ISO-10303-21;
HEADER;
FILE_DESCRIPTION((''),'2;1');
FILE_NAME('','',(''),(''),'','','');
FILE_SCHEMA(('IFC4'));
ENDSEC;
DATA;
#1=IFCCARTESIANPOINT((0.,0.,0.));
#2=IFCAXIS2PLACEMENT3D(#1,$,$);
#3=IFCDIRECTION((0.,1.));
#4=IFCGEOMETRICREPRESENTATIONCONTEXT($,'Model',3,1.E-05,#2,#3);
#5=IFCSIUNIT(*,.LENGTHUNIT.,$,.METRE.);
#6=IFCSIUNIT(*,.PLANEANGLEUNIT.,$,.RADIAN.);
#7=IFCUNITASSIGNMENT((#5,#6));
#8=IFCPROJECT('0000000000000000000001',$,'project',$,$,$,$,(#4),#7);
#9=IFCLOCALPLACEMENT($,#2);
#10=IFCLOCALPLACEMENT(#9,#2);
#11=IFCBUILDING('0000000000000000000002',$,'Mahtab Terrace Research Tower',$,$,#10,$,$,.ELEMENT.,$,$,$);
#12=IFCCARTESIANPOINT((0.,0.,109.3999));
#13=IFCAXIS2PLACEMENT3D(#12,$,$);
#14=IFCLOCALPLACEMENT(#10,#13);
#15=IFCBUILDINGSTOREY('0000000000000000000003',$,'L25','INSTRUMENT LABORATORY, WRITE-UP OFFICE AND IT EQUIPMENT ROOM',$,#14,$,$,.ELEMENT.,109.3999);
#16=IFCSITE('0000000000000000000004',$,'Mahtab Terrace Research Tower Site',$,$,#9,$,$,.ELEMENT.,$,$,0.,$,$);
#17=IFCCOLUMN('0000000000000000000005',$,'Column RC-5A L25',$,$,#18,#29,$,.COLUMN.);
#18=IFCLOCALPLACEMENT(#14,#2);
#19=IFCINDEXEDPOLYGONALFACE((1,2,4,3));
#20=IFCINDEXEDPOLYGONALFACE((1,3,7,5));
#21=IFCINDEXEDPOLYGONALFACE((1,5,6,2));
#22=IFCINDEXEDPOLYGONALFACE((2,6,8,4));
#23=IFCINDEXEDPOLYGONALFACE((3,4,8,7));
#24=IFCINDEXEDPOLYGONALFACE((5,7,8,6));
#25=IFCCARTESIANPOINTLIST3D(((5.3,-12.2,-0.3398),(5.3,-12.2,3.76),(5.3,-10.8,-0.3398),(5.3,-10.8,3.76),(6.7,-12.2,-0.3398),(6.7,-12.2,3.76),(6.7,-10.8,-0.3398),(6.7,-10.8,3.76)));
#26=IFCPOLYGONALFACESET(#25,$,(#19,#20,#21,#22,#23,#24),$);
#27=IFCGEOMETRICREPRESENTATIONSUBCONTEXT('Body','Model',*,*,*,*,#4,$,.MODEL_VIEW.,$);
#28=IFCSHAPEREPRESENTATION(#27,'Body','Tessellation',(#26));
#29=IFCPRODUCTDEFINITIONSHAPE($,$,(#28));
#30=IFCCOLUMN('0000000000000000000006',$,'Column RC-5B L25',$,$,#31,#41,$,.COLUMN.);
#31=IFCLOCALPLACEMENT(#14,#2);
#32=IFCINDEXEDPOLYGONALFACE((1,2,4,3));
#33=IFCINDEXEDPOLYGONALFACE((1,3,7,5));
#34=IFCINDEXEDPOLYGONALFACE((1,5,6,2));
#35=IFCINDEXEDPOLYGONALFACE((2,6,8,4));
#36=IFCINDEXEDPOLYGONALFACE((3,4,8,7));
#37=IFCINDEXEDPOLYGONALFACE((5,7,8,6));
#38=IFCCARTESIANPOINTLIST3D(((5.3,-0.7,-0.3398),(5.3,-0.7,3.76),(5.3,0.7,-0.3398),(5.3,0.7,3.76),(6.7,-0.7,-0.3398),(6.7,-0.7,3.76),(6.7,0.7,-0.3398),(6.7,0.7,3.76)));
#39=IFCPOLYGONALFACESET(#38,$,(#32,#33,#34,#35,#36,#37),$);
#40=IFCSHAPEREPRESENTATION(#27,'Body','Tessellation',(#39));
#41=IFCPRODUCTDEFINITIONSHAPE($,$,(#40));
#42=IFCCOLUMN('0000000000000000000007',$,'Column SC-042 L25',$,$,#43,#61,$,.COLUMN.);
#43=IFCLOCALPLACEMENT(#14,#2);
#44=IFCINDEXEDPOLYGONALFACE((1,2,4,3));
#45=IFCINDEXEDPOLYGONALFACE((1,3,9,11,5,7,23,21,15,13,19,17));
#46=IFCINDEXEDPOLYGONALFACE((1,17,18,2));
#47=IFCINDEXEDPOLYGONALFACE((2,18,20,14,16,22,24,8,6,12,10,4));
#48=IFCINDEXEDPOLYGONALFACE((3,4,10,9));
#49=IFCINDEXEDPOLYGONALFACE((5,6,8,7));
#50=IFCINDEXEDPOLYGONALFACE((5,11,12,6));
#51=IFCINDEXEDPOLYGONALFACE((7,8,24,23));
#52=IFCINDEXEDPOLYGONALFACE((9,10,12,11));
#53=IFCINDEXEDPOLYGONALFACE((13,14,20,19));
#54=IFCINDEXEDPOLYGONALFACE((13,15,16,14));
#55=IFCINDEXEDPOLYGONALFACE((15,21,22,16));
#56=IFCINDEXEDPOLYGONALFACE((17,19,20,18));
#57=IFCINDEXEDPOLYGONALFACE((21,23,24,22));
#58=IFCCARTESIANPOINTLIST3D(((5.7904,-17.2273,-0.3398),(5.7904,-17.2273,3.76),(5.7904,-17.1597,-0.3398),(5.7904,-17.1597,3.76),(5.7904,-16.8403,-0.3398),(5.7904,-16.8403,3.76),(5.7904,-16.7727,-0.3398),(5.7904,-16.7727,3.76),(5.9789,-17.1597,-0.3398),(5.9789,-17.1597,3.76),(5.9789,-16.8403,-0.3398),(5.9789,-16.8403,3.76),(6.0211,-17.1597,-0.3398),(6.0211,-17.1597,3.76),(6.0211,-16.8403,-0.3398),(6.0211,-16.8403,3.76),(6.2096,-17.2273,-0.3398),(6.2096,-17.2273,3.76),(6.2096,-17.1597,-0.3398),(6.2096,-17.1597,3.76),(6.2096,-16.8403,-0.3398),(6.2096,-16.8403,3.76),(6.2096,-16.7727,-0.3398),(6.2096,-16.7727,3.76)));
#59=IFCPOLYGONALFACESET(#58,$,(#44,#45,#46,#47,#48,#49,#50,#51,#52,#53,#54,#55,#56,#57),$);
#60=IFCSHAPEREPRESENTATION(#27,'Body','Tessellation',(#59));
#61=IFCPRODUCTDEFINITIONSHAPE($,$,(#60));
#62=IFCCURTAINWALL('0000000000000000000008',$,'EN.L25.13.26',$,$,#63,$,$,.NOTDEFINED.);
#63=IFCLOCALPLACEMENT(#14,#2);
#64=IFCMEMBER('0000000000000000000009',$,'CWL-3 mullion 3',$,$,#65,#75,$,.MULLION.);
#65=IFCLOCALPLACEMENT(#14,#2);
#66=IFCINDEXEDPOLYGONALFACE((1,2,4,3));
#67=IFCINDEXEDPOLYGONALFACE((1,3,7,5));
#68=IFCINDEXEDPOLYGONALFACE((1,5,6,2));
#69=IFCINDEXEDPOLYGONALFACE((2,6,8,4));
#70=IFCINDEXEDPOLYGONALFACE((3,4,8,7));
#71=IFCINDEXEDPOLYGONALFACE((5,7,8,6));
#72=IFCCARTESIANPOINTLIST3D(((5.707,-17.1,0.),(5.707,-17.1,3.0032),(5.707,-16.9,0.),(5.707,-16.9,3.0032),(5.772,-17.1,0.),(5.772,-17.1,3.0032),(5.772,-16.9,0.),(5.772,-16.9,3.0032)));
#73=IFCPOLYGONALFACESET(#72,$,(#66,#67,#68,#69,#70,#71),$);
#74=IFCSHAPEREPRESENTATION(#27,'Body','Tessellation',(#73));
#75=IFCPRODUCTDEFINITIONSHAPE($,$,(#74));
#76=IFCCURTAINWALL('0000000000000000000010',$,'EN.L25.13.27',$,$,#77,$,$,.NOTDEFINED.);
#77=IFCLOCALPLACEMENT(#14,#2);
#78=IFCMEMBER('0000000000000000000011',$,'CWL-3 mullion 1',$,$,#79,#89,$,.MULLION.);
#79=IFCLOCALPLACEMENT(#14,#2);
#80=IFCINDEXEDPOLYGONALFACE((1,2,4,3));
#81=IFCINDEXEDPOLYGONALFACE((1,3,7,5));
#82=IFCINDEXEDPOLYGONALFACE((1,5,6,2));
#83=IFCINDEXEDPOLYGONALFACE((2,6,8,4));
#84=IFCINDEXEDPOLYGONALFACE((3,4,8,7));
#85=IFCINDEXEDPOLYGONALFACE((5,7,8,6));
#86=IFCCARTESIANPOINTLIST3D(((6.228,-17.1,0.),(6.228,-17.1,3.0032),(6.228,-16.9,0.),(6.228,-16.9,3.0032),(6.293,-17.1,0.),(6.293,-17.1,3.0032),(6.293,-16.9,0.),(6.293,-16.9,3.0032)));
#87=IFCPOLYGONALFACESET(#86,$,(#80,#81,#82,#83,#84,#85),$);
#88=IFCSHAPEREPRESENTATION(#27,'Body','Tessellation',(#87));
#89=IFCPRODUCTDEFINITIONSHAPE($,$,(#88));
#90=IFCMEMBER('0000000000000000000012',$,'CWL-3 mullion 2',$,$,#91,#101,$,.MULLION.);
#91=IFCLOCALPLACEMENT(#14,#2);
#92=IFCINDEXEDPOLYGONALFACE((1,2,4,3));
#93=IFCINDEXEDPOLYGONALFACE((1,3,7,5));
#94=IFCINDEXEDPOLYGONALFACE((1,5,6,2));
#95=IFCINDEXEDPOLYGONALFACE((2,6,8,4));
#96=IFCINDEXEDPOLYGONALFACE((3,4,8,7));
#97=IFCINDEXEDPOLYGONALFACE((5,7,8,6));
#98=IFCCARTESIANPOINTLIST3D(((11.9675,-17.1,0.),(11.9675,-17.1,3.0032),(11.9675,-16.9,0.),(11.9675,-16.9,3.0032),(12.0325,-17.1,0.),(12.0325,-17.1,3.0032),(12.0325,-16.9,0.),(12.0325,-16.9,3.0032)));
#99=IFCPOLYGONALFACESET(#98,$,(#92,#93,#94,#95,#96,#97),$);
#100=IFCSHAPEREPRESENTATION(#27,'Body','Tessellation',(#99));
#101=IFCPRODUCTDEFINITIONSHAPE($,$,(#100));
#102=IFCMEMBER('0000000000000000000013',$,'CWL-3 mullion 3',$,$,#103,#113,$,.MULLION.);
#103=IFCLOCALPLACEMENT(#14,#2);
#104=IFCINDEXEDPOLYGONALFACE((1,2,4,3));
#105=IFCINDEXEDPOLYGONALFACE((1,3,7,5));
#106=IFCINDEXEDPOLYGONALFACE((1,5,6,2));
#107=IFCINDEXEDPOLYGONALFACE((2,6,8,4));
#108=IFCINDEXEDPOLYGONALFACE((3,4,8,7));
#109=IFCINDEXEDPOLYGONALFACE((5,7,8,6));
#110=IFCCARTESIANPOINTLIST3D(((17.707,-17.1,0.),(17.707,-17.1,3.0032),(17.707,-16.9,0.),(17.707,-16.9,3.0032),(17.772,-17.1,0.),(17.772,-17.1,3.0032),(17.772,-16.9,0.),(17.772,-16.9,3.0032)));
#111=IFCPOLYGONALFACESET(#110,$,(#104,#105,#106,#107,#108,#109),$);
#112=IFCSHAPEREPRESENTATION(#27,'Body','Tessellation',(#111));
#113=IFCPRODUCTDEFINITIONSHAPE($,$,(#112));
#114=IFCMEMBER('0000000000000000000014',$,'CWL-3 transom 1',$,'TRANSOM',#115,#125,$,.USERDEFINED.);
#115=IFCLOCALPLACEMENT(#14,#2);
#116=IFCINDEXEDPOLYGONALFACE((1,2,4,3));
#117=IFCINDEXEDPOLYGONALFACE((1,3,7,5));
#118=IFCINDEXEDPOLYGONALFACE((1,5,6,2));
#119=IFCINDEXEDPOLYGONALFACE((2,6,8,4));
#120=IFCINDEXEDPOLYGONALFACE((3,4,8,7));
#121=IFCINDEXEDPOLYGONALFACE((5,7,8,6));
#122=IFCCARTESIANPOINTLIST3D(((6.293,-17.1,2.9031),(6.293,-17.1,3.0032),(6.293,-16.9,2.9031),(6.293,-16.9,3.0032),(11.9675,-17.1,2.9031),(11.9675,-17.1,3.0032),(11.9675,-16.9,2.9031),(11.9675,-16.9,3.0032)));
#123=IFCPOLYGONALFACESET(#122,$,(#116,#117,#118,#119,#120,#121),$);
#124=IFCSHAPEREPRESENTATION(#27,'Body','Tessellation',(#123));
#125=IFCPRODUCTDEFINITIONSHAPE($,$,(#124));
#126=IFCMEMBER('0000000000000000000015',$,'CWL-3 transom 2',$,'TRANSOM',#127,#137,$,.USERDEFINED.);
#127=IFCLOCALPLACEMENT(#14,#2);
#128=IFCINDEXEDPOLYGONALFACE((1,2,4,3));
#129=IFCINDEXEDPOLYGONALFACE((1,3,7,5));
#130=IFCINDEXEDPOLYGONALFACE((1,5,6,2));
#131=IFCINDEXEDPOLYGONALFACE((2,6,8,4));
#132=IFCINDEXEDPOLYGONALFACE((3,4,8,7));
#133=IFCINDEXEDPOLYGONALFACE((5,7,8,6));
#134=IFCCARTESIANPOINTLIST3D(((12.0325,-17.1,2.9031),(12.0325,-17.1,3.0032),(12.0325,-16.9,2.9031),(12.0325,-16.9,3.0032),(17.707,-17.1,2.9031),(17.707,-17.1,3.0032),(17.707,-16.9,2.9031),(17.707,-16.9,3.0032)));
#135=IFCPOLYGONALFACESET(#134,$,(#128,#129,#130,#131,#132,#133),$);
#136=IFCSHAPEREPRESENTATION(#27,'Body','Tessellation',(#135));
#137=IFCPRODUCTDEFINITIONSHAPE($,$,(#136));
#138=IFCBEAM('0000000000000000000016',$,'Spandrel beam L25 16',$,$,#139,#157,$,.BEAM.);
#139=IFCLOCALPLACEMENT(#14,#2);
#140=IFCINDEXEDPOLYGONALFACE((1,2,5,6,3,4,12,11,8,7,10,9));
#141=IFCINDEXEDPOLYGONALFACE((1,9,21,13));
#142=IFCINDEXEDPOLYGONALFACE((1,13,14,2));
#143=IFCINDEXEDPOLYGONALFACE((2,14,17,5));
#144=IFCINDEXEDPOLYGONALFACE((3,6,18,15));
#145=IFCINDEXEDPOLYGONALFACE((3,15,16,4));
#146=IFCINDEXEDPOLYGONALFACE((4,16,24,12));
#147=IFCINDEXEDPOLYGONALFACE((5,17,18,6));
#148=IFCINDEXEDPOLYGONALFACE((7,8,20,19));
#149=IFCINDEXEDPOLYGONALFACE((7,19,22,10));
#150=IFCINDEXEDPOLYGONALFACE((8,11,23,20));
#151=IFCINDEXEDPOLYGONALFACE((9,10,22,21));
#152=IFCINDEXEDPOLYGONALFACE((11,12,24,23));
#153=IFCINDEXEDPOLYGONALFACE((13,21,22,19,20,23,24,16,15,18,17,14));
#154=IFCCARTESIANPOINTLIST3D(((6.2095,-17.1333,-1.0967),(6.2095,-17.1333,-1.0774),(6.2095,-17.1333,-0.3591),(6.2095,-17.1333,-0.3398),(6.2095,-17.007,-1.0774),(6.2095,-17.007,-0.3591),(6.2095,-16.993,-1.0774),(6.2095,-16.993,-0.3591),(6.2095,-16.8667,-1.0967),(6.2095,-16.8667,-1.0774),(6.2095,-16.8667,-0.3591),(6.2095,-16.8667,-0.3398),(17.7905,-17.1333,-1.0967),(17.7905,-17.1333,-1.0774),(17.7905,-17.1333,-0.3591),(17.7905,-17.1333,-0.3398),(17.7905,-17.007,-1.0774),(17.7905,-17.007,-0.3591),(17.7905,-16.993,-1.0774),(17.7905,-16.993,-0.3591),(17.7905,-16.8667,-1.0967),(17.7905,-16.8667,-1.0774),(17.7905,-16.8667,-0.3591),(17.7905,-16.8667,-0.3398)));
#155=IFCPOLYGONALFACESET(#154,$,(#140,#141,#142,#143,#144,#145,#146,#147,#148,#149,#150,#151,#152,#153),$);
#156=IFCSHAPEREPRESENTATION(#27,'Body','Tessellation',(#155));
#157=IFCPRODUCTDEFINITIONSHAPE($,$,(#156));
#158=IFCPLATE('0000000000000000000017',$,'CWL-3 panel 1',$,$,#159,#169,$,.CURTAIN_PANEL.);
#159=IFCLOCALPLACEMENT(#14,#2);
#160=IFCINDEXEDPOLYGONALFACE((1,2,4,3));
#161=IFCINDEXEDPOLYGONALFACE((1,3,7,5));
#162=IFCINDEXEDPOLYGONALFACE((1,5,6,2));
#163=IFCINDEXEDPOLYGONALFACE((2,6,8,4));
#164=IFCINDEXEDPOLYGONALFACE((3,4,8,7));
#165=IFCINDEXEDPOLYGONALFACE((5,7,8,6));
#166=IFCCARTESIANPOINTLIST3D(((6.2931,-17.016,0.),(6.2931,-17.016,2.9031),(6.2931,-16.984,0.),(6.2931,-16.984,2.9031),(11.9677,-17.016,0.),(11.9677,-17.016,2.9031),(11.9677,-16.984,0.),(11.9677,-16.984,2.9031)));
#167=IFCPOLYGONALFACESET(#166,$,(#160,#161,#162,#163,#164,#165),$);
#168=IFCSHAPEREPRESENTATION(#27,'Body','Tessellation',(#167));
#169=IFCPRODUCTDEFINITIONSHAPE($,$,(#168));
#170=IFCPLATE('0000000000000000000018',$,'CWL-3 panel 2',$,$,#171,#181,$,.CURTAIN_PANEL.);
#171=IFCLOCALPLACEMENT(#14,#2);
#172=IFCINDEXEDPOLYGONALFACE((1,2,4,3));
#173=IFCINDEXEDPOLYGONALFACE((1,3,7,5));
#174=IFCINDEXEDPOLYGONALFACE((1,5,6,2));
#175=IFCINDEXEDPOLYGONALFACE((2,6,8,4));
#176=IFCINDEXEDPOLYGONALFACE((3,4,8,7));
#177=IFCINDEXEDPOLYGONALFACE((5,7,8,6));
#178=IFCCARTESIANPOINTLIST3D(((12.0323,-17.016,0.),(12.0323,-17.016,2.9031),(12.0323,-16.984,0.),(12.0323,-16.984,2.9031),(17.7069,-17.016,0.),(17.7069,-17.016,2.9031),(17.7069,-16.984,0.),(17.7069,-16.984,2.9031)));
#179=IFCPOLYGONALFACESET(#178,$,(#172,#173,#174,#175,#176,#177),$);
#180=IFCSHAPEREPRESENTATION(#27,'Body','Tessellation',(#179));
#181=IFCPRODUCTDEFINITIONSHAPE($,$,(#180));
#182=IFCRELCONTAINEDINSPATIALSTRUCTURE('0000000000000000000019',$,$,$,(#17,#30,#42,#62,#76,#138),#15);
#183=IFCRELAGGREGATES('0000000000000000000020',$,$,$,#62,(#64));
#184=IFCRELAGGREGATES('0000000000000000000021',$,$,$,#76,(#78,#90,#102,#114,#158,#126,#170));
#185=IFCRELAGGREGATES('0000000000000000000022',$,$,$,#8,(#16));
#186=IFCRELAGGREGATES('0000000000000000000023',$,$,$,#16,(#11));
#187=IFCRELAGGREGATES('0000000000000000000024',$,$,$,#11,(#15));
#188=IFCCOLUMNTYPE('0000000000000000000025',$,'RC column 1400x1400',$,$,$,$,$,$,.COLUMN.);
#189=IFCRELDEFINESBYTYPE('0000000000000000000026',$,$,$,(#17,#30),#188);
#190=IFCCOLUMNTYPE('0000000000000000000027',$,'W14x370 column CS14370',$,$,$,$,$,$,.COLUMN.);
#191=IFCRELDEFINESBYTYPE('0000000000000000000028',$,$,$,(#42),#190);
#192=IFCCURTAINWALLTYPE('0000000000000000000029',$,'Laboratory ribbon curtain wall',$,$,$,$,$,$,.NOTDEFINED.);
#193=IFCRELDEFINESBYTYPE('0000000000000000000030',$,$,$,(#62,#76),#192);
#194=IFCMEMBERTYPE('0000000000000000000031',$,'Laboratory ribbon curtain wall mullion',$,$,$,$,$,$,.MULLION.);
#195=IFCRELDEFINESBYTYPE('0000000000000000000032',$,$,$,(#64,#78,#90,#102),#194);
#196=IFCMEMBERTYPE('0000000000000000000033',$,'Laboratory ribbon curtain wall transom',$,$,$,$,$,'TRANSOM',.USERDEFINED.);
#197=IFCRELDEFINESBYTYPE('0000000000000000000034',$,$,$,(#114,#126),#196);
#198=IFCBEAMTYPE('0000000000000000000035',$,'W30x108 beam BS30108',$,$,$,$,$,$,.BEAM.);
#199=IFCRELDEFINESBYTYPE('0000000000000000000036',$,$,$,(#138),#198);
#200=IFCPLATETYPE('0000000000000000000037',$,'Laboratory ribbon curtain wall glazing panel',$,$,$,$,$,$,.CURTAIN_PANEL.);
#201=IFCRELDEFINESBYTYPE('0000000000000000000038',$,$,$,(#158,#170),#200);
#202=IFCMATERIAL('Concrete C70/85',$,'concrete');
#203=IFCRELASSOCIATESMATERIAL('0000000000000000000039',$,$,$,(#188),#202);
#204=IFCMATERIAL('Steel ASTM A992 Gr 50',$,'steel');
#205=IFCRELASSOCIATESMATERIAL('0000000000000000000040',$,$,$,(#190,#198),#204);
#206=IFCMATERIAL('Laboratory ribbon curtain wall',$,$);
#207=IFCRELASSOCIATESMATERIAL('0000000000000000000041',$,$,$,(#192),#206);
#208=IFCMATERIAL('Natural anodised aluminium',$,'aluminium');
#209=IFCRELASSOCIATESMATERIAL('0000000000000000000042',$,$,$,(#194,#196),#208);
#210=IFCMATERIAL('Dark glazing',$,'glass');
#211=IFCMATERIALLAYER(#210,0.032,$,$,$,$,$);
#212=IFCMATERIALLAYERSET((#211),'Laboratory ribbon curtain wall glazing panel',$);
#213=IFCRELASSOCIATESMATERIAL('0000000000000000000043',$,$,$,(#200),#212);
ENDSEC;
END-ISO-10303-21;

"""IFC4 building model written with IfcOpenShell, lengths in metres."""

from ifc_helpers import new_model, si_unit, direction, frame, origin, origin_2d, place, context, subcontext, project, spatial, rectangle, i_section, extrude, material, layer, layer_set, material_profile, profile_set, type_object, element, aggregate, save


model = new_model("IFC4")

# Units and contexts
model_context = context("Model", 3, precision=1e-05, world=origin(), true_north=direction((0.0, 1.0)))
body_context = subcontext(model_context, "Body", "Model", "MODEL_VIEW")
ifc_project = project(units=[si_unit("LENGTHUNIT", "METRE"), si_unit("PLANEANGLEUNIT", "RADIAN")], contexts=[model_context])

# Site, building, storey
site_placement = place(None, origin())
site = spatial("IfcSite", under=ifc_project, at=site_placement, Name="Mahtab Terrace Research Tower Site", CompositionType="ELEMENT", RefElevation=0.0)
building_placement = place(site_placement, origin())
building = spatial("IfcBuilding", under=site, at=building_placement, Name="Mahtab Terrace Research Tower", CompositionType="ELEMENT")
storey_placement = place(building_placement, frame((0.0, 0.0, 109.3999)))
storey = spatial("IfcBuildingStorey", under=building, at=storey_placement, Name="L25", Description="INSTRUMENT LABORATORY, WRITE-UP OFFICE AND IT EQUIPMENT ROOM", CompositionType="ELEMENT", Elevation=109.3999)

# Columns
ifc_material_1 = material(Name="Concrete C70/85", Category="concrete")
ifc_material_profile_1 = material_profile(ifc_material_1, rectangle(XDim=1.3999, YDim=1.3999, at=origin_2d()), Name="RC column 1400x1400")
ifc_profile_set_1 = profile_set([ifc_material_profile_1], Name="Concrete C70/85")
column_type_1 = type_object("IfcColumnType", Name="RC column 1400x1400", PredefinedType="COLUMN", material=ifc_profile_set_1)
for number, where, z_axis, x_axis, name in (
    (1, (6.0, -11.5, -0.3398), (0.0, 0.0, 1.0), (1.0, 0.0, 0.0), "Column RC-5A L25"),
    (2, (6.0, 0.0, -0.3398), (0.0, 0.0, 1.0), (1.0, 0.0, 0.0), "Column RC-5B L25"),
):
    element("IfcColumn", number, at=place(storey_placement, frame(where, z_axis=z_axis, x_axis=x_axis)), inside=storey, type_object=column_type_1, Name=name, PredefinedType="COLUMN", context=body_context, shape_type="SweptSolid", body=[
        extrude(rectangle(XDim=1.3999, YDim=1.3999, at=origin_2d()), origin(), (0.0, 0.0, 1.0), 4.0999),
    ])
ifc_material_2 = material(Name="Steel ASTM A992 Gr 50", Category="steel")
ifc_material_profile_2 = material_profile(ifc_material_2, i_section(OverallWidth=0.4192, OverallDepth=0.4546, WebThickness=0.0422, FlangeThickness=0.0676, at=origin_2d()), Name="W14X370")
ifc_profile_set_2 = profile_set([ifc_material_profile_2], Name="Steel ASTM A992 Gr 50")
column_type_2 = type_object("IfcColumnType", Name="W14x370 column CS14370", PredefinedType="COLUMN", material=ifc_profile_set_2)
column_placement = place(storey_placement, frame((6.0, -17.0, -0.3398), z_axis=(0.0, 0.0, 1.0), x_axis=(1.0, 0.0, 0.0)))
element("IfcColumn", 3, at=column_placement, inside=storey, type_object=column_type_2, Name="Column SC-042 L25", PredefinedType="COLUMN", context=body_context, shape_type="SweptSolid", body=[
    extrude(i_section(OverallWidth=0.4192, OverallDepth=0.4546, WebThickness=0.0422, FlangeThickness=0.0676, at=origin_2d()), origin(), (0.0, 0.0, 1.0), 4.0999),
])

# Curtain wall, member
ifc_material_3 = material(Name="Laboratory ribbon curtain wall")
curtain_wall_type = type_object("IfcCurtainWallType", Name="Laboratory ribbon curtain wall", PredefinedType="NOTDEFINED", material=ifc_material_3)
curtain_wall_1_placement = place(storey_placement, origin())
curtain_wall_1 = element("IfcCurtainWall", 4, at=curtain_wall_1_placement, inside=storey, type_object=curtain_wall_type, Name="EN.L25.13.26", PredefinedType="NOTDEFINED")
ifc_material_4 = material(Name="Natural anodised aluminium", Category="aluminium")
ifc_material_profile_3 = material_profile(ifc_material_4, rectangle(XDim=0.2, YDim=0.0649, at=origin_2d()), Name="MULLION 65x200")
ifc_profile_set_3 = profile_set([ifc_material_profile_3], Name="Natural anodised aluminium")
member_type_1 = type_object("IfcMemberType", Name="Laboratory ribbon curtain wall mullion", PredefinedType="MULLION", material=ifc_profile_set_3)
member_1_placement = place(storey_placement, frame((5.7395, -17.0, 0.0), z_axis=(0.0, 0.0, 1.0), x_axis=(0.0, 1.0, 0.0)))
member_1 = element("IfcMember", 5, at=member_1_placement, type_object=member_type_1, Name="CWL-3 mullion 3", PredefinedType="MULLION", context=body_context, shape_type="SweptSolid", body=[
    extrude(rectangle(XDim=0.2, YDim=0.0649, at=origin_2d()), origin(), (0.0, 0.0, 1.0), 3.0032),
])
aggregate(curtain_wall_1, [member_1])

# Curtain wall, members
curtain_wall_2_placement = place(storey_placement, origin())
curtain_wall_2 = element("IfcCurtainWall", 6, at=curtain_wall_2_placement, inside=storey, type_object=curtain_wall_type, Name="EN.L25.13.27", PredefinedType="NOTDEFINED")
member_2_placement = place(storey_placement, frame((6.2605, -17.0, 0.0), z_axis=(0.0, 0.0, 1.0), x_axis=(0.0, 1.0, 0.0)))
member_2 = element("IfcMember", 7, at=member_2_placement, type_object=member_type_1, Name="CWL-3 mullion 1", PredefinedType="MULLION", context=body_context, shape_type="SweptSolid", body=[
    extrude(rectangle(XDim=0.2, YDim=0.0649, at=origin_2d()), origin(), (0.0, 0.0, 1.0), 3.0032),
])
member_3_placement = place(storey_placement, frame((12.0, -17.0, 0.0), z_axis=(0.0, 0.0, 1.0), x_axis=(0.0, 1.0, 0.0)))
member_3 = element("IfcMember", 8, at=member_3_placement, type_object=member_type_1, Name="CWL-3 mullion 2", PredefinedType="MULLION", context=body_context, shape_type="SweptSolid", body=[
    extrude(rectangle(XDim=0.2, YDim=0.0649, at=origin_2d()), origin(), (0.0, 0.0, 1.0), 3.0032),
])
member_4_placement = place(storey_placement, frame((17.7395, -17.0, 0.0), z_axis=(0.0, 0.0, 1.0), x_axis=(0.0, 1.0, 0.0)))
member_4 = element("IfcMember", 9, at=member_4_placement, type_object=member_type_1, Name="CWL-3 mullion 3", PredefinedType="MULLION", context=body_context, shape_type="SweptSolid", body=[
    extrude(rectangle(XDim=0.2, YDim=0.0649, at=origin_2d()), origin(), (0.0, 0.0, 1.0), 3.0032),
])
ifc_material_profile_4 = material_profile(ifc_material_4, rectangle(XDim=0.2, YDim=0.1001, at=origin_2d()), Name="TRANSOM 100x200")
ifc_profile_set_4 = profile_set([ifc_material_profile_4], Name="Natural anodised aluminium")
member_type_2 = type_object("IfcMemberType", Name="Laboratory ribbon curtain wall transom", ElementType="TRANSOM", PredefinedType="USERDEFINED", material=ifc_profile_set_4)
member_5_placement = place(storey_placement, frame((6.293, -17.0, 2.9531), z_axis=(1.0, 0.0, 0.0), x_axis=(0.0, 1.0, 0.0)))
member_5 = element("IfcMember", 10, at=member_5_placement, type_object=member_type_2, Name="CWL-3 transom 1", ObjectType="TRANSOM", PredefinedType="USERDEFINED", context=body_context, shape_type="SweptSolid", body=[
    extrude(rectangle(XDim=0.2, YDim=0.1001, at=origin_2d()), origin(), (0.0, 0.0, 1.0), 5.6746),
])
member_6_placement = place(storey_placement, frame((12.0325, -17.0, 2.9531), z_axis=(1.0, 0.0, 0.0), x_axis=(0.0, 1.0, 0.0)))
member_6 = element("IfcMember", 11, at=member_6_placement, type_object=member_type_2, Name="CWL-3 transom 2", ObjectType="TRANSOM", PredefinedType="USERDEFINED", context=body_context, shape_type="SweptSolid", body=[
    extrude(rectangle(XDim=0.2, YDim=0.1001, at=origin_2d()), origin(), (0.0, 0.0, 1.0), 5.6746),
])

# Beam
ifc_material_profile_5 = material_profile(ifc_material_2, i_section(OverallWidth=0.2666, OverallDepth=0.7568, WebThickness=0.0139, FlangeThickness=0.0193, at=origin_2d()), Name="W30X108")
ifc_profile_set_5 = profile_set([ifc_material_profile_5], Name="Steel ASTM A992 Gr 50")
beam_type = type_object("IfcBeamType", Name="W30x108 beam BS30108", PredefinedType="BEAM", material=ifc_profile_set_5)
beam_placement = place(storey_placement, frame((6.2095, -17.0, -0.7183), z_axis=(1.0, 0.0, 0.0), x_axis=(0.0, 1.0, 0.0)))
element("IfcBeam", 12, at=beam_placement, inside=storey, type_object=beam_type, Name="Spandrel beam L25 16", PredefinedType="BEAM", context=body_context, shape_type="SweptSolid", body=[
    extrude(i_section(OverallWidth=0.2666, OverallDepth=0.7568, WebThickness=0.0139, FlangeThickness=0.0193, at=origin_2d()), origin(), (0.0, 0.0, 1.0), 11.5811),
])

# Plates
ifc_material_5 = material(Name="Dark glazing", Category="glass")
ifc_layer_1 = layer(ifc_material_5, 0.032)
ifc_layer_set_1 = layer_set([ifc_layer_1], Name="Laboratory ribbon curtain wall glazing panel")
plate_type = type_object("IfcPlateType", Name="Laboratory ribbon curtain wall glazing panel", PredefinedType="CURTAIN_PANEL", material=ifc_layer_set_1)
plate_1_placement = place(storey_placement, frame((9.1304, -17.0, 0.0), z_axis=(0.0, 0.0, 1.0), x_axis=(1.0, 0.0, 0.0)))
plate_1 = element("IfcPlate", 13, at=plate_1_placement, type_object=plate_type, Name="CWL-3 panel 1", PredefinedType="CURTAIN_PANEL", context=body_context, shape_type="SweptSolid", body=[
    extrude(rectangle(XDim=5.6746, YDim=0.032, at=origin_2d()), origin(), (0.0, 0.0, 1.0), 2.9031),
])
plate_2_placement = place(storey_placement, frame((14.8696, -17.0, 0.0), z_axis=(0.0, 0.0, 1.0), x_axis=(1.0, 0.0, 0.0)))
plate_2 = element("IfcPlate", 14, at=plate_2_placement, type_object=plate_type, Name="CWL-3 panel 2", PredefinedType="CURTAIN_PANEL", context=body_context, shape_type="SweptSolid", body=[
    extrude(rectangle(XDim=5.6746, YDim=0.032, at=origin_2d()), origin(), (0.0, 0.0, 1.0), 2.9031),
])
aggregate(curtain_wall_2, [member_2, member_3, member_4, member_5, plate_1, member_6, plate_2])

save(model, "model.ifc")
